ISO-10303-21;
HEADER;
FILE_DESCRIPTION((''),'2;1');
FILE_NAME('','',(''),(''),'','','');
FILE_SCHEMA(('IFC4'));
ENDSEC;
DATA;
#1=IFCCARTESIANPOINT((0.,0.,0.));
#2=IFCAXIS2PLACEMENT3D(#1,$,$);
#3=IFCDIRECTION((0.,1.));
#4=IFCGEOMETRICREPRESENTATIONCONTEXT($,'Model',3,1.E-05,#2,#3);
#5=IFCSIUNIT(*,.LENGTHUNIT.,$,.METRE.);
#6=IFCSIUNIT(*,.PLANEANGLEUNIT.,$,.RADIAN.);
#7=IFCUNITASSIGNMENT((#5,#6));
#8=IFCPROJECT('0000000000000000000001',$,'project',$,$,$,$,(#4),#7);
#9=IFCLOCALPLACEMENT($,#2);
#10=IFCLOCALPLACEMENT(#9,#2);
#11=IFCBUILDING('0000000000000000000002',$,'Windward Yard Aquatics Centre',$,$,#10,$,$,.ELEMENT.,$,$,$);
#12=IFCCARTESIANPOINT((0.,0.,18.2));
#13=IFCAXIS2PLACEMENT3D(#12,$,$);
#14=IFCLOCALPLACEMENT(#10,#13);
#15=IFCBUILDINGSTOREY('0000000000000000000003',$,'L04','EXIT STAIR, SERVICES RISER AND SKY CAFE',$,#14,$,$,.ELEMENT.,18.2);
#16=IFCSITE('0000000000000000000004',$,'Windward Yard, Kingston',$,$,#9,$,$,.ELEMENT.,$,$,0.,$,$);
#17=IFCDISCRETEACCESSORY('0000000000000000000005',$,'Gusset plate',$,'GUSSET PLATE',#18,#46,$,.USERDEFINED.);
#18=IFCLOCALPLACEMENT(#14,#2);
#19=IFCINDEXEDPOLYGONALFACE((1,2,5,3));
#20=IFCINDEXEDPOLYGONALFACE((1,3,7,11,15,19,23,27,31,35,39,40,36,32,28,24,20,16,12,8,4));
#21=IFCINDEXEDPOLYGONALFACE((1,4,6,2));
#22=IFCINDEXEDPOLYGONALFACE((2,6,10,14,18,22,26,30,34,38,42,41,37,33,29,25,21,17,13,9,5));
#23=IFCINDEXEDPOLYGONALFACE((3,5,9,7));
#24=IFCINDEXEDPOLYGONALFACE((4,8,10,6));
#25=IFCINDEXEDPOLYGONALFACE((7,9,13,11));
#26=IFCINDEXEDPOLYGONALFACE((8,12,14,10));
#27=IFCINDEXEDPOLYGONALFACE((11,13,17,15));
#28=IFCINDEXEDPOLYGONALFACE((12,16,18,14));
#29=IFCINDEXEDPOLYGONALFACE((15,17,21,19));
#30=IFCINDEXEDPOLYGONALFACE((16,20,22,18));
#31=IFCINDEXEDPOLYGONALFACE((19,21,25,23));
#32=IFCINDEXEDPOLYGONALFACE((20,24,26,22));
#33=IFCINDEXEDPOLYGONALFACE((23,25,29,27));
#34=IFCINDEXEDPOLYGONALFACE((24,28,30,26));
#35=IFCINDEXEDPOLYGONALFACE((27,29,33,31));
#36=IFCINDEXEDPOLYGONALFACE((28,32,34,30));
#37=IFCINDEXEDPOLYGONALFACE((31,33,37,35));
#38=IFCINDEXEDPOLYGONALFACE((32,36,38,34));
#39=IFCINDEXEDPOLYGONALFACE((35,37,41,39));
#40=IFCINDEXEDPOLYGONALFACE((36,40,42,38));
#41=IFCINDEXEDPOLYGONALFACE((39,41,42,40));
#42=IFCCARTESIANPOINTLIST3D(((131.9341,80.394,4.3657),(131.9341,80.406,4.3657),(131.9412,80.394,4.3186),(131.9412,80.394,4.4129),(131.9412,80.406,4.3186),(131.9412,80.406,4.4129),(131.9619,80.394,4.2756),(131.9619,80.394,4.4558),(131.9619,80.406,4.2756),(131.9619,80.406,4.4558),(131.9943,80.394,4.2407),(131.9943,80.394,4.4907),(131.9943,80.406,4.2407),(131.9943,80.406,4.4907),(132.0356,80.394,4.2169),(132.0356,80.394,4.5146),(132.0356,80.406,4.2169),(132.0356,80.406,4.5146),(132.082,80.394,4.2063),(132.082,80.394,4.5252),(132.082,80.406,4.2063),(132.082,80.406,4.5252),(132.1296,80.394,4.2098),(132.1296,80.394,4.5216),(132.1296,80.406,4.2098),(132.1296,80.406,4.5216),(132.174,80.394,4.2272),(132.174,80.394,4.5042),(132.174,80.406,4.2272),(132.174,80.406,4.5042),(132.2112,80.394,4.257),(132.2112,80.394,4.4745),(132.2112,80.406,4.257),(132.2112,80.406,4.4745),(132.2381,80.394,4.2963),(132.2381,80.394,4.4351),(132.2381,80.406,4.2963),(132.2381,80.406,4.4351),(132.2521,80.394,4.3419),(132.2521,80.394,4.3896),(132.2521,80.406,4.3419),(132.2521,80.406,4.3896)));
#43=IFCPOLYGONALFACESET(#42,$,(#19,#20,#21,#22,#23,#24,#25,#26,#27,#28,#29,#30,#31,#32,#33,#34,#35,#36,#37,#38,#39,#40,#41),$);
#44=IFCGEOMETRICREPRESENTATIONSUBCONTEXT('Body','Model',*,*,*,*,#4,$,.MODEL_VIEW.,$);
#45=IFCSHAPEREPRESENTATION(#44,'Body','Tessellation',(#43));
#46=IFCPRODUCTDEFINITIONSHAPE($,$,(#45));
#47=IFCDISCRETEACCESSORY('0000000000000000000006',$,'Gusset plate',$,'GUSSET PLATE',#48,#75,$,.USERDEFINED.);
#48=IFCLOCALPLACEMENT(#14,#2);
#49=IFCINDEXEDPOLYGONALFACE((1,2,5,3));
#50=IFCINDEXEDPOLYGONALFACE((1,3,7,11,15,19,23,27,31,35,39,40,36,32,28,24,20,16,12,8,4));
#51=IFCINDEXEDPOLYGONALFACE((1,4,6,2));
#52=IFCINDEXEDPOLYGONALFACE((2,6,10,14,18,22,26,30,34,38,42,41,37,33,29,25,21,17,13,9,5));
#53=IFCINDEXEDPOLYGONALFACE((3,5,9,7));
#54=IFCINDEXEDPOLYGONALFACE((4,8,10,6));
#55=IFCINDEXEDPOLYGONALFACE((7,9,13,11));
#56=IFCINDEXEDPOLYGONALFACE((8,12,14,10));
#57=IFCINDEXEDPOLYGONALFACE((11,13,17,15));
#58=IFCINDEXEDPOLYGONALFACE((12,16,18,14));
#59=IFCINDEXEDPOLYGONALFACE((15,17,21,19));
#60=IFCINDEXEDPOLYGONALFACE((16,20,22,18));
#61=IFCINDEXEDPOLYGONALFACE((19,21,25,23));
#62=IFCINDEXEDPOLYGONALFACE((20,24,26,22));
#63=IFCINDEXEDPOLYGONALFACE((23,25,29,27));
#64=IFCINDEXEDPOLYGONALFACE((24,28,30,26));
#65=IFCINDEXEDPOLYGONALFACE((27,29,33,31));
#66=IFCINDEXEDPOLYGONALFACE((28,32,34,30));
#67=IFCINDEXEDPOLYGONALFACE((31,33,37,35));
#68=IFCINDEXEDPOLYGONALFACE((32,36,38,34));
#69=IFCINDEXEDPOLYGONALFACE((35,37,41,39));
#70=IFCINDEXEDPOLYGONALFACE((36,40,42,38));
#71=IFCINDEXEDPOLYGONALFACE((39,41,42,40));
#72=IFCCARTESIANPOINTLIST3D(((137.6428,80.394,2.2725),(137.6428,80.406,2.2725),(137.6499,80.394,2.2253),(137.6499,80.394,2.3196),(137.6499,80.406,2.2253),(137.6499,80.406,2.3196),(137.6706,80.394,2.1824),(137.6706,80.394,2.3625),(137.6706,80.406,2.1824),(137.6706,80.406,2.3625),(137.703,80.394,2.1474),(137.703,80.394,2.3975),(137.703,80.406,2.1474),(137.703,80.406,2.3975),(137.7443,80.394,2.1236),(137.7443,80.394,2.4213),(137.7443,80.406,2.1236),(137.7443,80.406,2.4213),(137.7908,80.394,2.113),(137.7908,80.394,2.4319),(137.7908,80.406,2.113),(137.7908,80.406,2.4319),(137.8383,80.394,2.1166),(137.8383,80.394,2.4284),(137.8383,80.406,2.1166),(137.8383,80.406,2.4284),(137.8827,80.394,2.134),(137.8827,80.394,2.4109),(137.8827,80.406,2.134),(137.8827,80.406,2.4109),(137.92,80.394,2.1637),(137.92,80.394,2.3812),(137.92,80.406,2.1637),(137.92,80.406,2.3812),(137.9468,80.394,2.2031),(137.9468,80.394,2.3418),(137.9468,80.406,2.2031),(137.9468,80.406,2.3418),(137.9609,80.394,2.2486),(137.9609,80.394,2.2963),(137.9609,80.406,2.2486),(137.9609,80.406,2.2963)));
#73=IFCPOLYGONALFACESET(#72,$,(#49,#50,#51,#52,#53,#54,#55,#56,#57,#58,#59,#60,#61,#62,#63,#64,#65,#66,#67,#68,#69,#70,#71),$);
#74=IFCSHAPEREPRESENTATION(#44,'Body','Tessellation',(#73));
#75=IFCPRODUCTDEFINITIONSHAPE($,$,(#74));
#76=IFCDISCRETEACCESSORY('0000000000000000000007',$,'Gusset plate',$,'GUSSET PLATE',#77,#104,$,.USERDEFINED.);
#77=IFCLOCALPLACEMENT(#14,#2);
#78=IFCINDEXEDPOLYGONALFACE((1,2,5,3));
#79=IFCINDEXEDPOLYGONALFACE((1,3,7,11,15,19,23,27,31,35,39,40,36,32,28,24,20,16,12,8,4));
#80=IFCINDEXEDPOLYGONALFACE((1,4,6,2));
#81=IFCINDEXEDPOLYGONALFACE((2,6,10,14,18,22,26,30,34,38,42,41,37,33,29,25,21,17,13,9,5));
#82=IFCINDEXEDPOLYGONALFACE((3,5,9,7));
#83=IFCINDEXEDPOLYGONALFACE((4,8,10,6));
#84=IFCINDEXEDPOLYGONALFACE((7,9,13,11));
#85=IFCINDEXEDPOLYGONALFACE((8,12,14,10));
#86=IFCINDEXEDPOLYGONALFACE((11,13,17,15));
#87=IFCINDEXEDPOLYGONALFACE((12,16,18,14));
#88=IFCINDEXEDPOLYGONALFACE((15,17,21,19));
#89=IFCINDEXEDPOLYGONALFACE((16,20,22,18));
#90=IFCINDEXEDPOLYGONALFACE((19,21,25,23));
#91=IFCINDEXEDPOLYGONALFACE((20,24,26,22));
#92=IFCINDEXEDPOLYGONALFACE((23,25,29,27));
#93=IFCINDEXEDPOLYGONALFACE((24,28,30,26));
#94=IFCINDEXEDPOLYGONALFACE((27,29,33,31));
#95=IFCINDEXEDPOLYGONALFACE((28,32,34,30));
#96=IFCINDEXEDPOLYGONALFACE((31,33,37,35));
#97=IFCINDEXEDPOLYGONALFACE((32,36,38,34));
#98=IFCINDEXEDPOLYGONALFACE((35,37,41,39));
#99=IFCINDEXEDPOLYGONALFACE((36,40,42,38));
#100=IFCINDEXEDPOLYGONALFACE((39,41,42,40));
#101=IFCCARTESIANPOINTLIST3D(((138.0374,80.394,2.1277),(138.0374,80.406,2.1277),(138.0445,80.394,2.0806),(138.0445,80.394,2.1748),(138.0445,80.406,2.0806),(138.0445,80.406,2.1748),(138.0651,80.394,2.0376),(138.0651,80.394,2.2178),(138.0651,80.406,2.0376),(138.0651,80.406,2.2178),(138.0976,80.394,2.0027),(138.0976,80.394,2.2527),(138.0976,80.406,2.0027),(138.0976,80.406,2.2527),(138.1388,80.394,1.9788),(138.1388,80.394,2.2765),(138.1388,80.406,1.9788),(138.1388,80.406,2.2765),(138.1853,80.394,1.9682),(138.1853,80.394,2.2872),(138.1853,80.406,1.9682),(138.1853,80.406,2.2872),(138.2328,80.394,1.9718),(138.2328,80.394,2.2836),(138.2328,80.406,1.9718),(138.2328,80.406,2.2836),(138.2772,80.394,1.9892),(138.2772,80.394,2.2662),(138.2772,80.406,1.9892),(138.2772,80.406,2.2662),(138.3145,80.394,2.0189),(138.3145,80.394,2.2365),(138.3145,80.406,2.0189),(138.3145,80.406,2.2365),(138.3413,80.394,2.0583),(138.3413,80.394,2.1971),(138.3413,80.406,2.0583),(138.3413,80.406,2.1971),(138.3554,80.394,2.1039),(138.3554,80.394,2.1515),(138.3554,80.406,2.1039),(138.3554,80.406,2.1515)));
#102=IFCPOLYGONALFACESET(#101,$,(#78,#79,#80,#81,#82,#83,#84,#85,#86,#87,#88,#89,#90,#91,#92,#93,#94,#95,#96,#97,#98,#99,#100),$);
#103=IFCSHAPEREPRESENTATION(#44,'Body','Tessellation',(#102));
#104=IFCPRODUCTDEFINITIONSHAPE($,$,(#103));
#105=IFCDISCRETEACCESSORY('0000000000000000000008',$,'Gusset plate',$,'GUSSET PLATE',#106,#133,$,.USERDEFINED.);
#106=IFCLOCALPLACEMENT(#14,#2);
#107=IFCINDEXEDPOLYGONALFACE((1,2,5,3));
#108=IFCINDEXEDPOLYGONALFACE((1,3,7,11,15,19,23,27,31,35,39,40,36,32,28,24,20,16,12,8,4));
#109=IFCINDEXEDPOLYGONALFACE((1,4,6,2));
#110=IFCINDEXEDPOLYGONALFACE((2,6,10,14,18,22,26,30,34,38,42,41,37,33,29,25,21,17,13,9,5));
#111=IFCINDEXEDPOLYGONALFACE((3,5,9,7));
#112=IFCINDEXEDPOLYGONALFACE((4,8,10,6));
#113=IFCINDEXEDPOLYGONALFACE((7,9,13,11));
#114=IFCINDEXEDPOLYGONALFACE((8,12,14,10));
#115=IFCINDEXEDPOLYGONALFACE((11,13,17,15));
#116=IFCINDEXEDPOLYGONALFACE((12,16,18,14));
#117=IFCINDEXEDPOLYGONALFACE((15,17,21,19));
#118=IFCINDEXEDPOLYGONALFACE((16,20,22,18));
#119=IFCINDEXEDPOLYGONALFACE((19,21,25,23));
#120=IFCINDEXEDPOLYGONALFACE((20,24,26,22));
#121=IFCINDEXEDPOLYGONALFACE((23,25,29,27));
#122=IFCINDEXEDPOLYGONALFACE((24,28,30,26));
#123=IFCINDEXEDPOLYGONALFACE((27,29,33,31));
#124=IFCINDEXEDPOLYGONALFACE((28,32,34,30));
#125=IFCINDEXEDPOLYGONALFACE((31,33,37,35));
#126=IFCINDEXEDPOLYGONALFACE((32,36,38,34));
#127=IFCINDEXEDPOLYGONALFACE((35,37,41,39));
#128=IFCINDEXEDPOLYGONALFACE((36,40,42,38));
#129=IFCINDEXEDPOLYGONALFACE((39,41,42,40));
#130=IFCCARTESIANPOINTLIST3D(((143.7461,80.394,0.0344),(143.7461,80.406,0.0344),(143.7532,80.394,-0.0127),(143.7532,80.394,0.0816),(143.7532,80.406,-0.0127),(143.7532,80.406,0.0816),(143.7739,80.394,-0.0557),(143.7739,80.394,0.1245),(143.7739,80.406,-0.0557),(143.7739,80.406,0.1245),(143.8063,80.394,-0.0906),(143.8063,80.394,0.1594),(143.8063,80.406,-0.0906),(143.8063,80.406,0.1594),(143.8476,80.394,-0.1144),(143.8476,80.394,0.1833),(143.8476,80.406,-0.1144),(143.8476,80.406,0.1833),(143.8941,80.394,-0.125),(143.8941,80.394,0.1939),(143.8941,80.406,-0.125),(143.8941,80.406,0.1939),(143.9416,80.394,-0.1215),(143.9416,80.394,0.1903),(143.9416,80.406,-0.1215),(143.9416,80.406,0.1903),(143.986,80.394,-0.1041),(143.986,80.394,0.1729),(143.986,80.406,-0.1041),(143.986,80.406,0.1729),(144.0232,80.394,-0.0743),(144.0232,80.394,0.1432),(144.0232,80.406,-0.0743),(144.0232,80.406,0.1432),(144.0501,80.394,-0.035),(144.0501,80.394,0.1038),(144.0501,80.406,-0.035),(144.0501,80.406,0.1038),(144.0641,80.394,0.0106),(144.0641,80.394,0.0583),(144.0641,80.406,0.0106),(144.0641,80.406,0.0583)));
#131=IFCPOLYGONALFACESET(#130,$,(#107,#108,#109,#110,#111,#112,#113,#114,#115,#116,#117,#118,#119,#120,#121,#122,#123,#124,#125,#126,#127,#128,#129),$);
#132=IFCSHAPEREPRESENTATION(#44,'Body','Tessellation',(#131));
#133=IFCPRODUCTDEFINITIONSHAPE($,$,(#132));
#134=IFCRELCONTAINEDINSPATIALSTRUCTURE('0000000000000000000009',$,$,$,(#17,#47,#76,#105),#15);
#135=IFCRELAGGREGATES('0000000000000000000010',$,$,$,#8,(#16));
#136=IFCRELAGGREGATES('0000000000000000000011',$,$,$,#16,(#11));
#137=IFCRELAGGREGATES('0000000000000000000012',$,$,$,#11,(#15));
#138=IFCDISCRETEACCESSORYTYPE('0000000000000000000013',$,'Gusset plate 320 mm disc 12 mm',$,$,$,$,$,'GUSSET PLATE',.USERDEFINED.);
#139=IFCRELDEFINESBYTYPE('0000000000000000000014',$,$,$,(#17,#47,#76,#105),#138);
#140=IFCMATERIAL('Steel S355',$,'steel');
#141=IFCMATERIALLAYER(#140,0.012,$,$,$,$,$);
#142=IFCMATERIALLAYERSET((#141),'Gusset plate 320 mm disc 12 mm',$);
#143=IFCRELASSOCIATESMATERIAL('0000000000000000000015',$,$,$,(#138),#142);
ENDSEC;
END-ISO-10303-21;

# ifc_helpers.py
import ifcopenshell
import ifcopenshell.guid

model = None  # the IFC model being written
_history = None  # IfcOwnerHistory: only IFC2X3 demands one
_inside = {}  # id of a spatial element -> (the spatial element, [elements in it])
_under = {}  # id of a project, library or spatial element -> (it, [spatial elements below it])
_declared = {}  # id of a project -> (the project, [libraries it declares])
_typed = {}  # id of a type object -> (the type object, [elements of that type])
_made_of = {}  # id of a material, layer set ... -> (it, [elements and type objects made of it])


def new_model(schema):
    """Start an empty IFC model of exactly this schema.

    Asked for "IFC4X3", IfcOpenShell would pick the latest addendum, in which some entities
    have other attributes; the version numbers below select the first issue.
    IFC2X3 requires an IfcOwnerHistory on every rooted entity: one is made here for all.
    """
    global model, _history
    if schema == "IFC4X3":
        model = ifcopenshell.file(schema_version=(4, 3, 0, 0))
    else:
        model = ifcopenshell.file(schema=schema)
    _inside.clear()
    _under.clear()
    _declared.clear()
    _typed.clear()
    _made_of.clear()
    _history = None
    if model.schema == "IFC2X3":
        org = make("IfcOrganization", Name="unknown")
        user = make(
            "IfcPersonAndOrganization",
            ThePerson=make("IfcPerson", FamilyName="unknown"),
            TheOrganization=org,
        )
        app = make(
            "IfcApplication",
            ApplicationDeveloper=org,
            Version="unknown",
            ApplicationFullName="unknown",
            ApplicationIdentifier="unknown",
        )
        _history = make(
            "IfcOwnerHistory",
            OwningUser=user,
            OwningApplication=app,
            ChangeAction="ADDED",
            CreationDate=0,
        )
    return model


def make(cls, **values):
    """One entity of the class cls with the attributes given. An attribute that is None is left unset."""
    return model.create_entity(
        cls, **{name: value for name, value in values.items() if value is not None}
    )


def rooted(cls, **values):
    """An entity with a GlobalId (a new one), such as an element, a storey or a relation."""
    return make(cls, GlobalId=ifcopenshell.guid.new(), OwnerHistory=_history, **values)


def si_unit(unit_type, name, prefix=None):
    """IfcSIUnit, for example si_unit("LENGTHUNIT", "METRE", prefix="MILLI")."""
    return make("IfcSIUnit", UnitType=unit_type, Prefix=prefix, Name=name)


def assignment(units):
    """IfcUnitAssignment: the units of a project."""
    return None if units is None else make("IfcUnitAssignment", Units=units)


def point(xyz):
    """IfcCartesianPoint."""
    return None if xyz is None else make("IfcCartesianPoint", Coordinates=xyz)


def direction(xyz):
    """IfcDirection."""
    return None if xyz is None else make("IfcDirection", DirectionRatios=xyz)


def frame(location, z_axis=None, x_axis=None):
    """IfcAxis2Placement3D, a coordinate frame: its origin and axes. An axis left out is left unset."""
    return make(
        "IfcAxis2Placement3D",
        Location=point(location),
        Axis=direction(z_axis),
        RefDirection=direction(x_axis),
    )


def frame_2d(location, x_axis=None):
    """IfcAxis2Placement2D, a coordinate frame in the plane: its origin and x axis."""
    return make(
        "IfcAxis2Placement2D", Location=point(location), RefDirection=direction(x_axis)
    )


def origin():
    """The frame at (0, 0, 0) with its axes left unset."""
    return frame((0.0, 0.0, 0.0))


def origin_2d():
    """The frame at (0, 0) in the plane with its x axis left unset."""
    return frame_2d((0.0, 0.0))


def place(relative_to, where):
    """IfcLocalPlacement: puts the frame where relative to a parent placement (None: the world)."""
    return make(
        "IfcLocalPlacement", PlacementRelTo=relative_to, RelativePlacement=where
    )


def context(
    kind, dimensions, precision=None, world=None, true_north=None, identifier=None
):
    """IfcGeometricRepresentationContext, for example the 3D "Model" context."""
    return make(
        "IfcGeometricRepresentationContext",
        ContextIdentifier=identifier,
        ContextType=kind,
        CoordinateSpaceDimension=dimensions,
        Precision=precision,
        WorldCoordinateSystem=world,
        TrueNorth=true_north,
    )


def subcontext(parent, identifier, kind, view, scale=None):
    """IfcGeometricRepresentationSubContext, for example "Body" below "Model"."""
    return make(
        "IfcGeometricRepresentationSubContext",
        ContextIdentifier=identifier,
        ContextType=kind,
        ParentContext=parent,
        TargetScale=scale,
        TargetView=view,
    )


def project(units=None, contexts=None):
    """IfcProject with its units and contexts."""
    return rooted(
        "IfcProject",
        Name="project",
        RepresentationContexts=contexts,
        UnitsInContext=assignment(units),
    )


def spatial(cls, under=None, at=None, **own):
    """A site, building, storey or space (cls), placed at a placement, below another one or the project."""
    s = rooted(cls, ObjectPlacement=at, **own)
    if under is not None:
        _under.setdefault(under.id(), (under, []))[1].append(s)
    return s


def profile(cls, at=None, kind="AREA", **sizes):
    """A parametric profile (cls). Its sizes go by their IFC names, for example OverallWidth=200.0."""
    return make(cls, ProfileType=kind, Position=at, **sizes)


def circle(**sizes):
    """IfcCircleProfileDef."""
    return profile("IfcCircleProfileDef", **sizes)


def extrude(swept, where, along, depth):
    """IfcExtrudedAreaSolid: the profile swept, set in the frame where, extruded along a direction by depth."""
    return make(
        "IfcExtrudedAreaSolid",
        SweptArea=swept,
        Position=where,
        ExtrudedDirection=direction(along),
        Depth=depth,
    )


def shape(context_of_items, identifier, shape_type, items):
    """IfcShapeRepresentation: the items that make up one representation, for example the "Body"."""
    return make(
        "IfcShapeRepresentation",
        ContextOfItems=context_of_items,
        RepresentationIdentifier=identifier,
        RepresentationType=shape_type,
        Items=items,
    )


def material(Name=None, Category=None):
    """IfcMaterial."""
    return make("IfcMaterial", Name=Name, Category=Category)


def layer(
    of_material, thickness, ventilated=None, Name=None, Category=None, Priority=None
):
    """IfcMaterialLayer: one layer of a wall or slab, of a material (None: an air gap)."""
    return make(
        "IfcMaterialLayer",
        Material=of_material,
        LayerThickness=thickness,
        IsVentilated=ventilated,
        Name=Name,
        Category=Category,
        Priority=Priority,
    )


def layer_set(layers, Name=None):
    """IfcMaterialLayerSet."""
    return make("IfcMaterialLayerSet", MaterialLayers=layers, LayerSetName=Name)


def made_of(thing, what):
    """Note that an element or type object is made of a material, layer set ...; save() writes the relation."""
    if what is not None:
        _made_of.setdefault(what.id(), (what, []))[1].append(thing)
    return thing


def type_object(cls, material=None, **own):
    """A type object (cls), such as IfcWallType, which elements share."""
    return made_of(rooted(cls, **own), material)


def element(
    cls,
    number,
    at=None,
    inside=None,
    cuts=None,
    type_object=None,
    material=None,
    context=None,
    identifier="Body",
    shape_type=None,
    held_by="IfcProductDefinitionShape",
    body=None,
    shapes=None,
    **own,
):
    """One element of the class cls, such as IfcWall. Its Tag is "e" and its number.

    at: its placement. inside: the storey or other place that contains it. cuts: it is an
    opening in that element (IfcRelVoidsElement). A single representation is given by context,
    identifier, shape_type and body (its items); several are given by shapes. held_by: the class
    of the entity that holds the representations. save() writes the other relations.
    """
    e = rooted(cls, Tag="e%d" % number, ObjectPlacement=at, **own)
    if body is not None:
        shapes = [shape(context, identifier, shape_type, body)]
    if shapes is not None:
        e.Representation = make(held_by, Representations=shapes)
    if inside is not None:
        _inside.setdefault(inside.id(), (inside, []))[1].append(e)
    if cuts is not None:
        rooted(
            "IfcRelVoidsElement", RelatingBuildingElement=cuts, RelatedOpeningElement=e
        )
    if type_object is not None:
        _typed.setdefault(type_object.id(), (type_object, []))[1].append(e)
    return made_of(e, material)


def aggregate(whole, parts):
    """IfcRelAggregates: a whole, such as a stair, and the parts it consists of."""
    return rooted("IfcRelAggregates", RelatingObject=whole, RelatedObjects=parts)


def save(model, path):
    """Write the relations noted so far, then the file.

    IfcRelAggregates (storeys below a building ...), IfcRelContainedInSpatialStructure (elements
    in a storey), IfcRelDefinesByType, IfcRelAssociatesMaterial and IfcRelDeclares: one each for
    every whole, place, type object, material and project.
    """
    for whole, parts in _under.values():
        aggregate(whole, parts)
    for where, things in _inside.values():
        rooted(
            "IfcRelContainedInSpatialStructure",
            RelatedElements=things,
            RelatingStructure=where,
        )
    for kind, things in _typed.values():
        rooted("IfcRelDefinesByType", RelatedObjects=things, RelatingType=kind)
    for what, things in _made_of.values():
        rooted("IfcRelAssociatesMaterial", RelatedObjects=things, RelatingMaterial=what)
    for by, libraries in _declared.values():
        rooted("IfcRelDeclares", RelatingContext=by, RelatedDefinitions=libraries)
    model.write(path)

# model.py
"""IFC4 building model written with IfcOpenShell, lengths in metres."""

from ifc_helpers import new_model, si_unit, direction, frame, origin, origin_2d, place, context, subcontext, project, spatial, circle, extrude, material, layer, layer_set, type_object, element, save


model = new_model("IFC4")

# Units and contexts
model_context = context("Model", 3, precision=1e-05, world=origin(), true_north=direction((0.0, 1.0)))
body_context = subcontext(model_context, "Body", "Model", "MODEL_VIEW")
ifc_project = project(units=[si_unit("LENGTHUNIT", "METRE"), si_unit("PLANEANGLEUNIT", "RADIAN")], contexts=[model_context])

# Site, building, storey
site_placement = place(None, origin())
site = spatial("IfcSite", under=ifc_project, at=site_placement, Name="Windward Yard, Kingston", CompositionType="ELEMENT", RefElevation=0.0)
building_placement = place(site_placement, origin())
building = spatial("IfcBuilding", under=site, at=building_placement, Name="Windward Yard Aquatics Centre", CompositionType="ELEMENT")
storey_placement = place(building_placement, frame((0.0, 0.0, 18.2)))
storey = spatial("IfcBuildingStorey", under=building, at=storey_placement, Name="L04", Description="EXIT STAIR, SERVICES RISER AND SKY CAFE", CompositionType="ELEMENT", Elevation=18.2)

# Discrete accessories
ifc_material_1 = material(Name="Steel S355", Category="steel")
ifc_layer_1 = layer(ifc_material_1, 0.012)
ifc_layer_set_1 = layer_set([ifc_layer_1], Name="Gusset plate 320 mm disc 12 mm")
discrete_accessory_type = type_object("IfcDiscreteAccessoryType", Name="Gusset plate 320 mm disc 12 mm", ElementType="GUSSET PLATE", PredefinedType="USERDEFINED", material=ifc_layer_set_1)
for number, where, z_axis, x_axis, name in (
    (1, (132.094, 80.394, 4.3657), (0.0, 1.0, 0.0), (-1.0, 0.0, 0.0), "Gusset plate"),
    (2, (137.8027, 80.394, 2.2725), (0.0, 1.0, 0.0), (-1.0, 0.0, 0.0), "Gusset plate"),
    (3, (138.1973, 80.394, 2.1277), (0.0, 1.0, 0.0), (-1.0, 0.0, 0.0), "Gusset plate"),
    (4, (143.906, 80.394, 0.0344), (0.0, 1.0, 0.0), (-1.0, 0.0, 0.0), "Gusset plate"),
):
    element("IfcDiscreteAccessory", number, at=place(storey_placement, frame(where, z_axis=z_axis, x_axis=x_axis)), inside=storey, type_object=discrete_accessory_type, Name=name, ObjectType="GUSSET PLATE", PredefinedType="USERDEFINED", context=body_context, shape_type="SweptSolid", body=[
        extrude(circle(Radius=0.1599, at=origin_2d()), origin(), (0.0, 0.0, 1.0), 0.012),
    ])

save(model, "model.ifc")
